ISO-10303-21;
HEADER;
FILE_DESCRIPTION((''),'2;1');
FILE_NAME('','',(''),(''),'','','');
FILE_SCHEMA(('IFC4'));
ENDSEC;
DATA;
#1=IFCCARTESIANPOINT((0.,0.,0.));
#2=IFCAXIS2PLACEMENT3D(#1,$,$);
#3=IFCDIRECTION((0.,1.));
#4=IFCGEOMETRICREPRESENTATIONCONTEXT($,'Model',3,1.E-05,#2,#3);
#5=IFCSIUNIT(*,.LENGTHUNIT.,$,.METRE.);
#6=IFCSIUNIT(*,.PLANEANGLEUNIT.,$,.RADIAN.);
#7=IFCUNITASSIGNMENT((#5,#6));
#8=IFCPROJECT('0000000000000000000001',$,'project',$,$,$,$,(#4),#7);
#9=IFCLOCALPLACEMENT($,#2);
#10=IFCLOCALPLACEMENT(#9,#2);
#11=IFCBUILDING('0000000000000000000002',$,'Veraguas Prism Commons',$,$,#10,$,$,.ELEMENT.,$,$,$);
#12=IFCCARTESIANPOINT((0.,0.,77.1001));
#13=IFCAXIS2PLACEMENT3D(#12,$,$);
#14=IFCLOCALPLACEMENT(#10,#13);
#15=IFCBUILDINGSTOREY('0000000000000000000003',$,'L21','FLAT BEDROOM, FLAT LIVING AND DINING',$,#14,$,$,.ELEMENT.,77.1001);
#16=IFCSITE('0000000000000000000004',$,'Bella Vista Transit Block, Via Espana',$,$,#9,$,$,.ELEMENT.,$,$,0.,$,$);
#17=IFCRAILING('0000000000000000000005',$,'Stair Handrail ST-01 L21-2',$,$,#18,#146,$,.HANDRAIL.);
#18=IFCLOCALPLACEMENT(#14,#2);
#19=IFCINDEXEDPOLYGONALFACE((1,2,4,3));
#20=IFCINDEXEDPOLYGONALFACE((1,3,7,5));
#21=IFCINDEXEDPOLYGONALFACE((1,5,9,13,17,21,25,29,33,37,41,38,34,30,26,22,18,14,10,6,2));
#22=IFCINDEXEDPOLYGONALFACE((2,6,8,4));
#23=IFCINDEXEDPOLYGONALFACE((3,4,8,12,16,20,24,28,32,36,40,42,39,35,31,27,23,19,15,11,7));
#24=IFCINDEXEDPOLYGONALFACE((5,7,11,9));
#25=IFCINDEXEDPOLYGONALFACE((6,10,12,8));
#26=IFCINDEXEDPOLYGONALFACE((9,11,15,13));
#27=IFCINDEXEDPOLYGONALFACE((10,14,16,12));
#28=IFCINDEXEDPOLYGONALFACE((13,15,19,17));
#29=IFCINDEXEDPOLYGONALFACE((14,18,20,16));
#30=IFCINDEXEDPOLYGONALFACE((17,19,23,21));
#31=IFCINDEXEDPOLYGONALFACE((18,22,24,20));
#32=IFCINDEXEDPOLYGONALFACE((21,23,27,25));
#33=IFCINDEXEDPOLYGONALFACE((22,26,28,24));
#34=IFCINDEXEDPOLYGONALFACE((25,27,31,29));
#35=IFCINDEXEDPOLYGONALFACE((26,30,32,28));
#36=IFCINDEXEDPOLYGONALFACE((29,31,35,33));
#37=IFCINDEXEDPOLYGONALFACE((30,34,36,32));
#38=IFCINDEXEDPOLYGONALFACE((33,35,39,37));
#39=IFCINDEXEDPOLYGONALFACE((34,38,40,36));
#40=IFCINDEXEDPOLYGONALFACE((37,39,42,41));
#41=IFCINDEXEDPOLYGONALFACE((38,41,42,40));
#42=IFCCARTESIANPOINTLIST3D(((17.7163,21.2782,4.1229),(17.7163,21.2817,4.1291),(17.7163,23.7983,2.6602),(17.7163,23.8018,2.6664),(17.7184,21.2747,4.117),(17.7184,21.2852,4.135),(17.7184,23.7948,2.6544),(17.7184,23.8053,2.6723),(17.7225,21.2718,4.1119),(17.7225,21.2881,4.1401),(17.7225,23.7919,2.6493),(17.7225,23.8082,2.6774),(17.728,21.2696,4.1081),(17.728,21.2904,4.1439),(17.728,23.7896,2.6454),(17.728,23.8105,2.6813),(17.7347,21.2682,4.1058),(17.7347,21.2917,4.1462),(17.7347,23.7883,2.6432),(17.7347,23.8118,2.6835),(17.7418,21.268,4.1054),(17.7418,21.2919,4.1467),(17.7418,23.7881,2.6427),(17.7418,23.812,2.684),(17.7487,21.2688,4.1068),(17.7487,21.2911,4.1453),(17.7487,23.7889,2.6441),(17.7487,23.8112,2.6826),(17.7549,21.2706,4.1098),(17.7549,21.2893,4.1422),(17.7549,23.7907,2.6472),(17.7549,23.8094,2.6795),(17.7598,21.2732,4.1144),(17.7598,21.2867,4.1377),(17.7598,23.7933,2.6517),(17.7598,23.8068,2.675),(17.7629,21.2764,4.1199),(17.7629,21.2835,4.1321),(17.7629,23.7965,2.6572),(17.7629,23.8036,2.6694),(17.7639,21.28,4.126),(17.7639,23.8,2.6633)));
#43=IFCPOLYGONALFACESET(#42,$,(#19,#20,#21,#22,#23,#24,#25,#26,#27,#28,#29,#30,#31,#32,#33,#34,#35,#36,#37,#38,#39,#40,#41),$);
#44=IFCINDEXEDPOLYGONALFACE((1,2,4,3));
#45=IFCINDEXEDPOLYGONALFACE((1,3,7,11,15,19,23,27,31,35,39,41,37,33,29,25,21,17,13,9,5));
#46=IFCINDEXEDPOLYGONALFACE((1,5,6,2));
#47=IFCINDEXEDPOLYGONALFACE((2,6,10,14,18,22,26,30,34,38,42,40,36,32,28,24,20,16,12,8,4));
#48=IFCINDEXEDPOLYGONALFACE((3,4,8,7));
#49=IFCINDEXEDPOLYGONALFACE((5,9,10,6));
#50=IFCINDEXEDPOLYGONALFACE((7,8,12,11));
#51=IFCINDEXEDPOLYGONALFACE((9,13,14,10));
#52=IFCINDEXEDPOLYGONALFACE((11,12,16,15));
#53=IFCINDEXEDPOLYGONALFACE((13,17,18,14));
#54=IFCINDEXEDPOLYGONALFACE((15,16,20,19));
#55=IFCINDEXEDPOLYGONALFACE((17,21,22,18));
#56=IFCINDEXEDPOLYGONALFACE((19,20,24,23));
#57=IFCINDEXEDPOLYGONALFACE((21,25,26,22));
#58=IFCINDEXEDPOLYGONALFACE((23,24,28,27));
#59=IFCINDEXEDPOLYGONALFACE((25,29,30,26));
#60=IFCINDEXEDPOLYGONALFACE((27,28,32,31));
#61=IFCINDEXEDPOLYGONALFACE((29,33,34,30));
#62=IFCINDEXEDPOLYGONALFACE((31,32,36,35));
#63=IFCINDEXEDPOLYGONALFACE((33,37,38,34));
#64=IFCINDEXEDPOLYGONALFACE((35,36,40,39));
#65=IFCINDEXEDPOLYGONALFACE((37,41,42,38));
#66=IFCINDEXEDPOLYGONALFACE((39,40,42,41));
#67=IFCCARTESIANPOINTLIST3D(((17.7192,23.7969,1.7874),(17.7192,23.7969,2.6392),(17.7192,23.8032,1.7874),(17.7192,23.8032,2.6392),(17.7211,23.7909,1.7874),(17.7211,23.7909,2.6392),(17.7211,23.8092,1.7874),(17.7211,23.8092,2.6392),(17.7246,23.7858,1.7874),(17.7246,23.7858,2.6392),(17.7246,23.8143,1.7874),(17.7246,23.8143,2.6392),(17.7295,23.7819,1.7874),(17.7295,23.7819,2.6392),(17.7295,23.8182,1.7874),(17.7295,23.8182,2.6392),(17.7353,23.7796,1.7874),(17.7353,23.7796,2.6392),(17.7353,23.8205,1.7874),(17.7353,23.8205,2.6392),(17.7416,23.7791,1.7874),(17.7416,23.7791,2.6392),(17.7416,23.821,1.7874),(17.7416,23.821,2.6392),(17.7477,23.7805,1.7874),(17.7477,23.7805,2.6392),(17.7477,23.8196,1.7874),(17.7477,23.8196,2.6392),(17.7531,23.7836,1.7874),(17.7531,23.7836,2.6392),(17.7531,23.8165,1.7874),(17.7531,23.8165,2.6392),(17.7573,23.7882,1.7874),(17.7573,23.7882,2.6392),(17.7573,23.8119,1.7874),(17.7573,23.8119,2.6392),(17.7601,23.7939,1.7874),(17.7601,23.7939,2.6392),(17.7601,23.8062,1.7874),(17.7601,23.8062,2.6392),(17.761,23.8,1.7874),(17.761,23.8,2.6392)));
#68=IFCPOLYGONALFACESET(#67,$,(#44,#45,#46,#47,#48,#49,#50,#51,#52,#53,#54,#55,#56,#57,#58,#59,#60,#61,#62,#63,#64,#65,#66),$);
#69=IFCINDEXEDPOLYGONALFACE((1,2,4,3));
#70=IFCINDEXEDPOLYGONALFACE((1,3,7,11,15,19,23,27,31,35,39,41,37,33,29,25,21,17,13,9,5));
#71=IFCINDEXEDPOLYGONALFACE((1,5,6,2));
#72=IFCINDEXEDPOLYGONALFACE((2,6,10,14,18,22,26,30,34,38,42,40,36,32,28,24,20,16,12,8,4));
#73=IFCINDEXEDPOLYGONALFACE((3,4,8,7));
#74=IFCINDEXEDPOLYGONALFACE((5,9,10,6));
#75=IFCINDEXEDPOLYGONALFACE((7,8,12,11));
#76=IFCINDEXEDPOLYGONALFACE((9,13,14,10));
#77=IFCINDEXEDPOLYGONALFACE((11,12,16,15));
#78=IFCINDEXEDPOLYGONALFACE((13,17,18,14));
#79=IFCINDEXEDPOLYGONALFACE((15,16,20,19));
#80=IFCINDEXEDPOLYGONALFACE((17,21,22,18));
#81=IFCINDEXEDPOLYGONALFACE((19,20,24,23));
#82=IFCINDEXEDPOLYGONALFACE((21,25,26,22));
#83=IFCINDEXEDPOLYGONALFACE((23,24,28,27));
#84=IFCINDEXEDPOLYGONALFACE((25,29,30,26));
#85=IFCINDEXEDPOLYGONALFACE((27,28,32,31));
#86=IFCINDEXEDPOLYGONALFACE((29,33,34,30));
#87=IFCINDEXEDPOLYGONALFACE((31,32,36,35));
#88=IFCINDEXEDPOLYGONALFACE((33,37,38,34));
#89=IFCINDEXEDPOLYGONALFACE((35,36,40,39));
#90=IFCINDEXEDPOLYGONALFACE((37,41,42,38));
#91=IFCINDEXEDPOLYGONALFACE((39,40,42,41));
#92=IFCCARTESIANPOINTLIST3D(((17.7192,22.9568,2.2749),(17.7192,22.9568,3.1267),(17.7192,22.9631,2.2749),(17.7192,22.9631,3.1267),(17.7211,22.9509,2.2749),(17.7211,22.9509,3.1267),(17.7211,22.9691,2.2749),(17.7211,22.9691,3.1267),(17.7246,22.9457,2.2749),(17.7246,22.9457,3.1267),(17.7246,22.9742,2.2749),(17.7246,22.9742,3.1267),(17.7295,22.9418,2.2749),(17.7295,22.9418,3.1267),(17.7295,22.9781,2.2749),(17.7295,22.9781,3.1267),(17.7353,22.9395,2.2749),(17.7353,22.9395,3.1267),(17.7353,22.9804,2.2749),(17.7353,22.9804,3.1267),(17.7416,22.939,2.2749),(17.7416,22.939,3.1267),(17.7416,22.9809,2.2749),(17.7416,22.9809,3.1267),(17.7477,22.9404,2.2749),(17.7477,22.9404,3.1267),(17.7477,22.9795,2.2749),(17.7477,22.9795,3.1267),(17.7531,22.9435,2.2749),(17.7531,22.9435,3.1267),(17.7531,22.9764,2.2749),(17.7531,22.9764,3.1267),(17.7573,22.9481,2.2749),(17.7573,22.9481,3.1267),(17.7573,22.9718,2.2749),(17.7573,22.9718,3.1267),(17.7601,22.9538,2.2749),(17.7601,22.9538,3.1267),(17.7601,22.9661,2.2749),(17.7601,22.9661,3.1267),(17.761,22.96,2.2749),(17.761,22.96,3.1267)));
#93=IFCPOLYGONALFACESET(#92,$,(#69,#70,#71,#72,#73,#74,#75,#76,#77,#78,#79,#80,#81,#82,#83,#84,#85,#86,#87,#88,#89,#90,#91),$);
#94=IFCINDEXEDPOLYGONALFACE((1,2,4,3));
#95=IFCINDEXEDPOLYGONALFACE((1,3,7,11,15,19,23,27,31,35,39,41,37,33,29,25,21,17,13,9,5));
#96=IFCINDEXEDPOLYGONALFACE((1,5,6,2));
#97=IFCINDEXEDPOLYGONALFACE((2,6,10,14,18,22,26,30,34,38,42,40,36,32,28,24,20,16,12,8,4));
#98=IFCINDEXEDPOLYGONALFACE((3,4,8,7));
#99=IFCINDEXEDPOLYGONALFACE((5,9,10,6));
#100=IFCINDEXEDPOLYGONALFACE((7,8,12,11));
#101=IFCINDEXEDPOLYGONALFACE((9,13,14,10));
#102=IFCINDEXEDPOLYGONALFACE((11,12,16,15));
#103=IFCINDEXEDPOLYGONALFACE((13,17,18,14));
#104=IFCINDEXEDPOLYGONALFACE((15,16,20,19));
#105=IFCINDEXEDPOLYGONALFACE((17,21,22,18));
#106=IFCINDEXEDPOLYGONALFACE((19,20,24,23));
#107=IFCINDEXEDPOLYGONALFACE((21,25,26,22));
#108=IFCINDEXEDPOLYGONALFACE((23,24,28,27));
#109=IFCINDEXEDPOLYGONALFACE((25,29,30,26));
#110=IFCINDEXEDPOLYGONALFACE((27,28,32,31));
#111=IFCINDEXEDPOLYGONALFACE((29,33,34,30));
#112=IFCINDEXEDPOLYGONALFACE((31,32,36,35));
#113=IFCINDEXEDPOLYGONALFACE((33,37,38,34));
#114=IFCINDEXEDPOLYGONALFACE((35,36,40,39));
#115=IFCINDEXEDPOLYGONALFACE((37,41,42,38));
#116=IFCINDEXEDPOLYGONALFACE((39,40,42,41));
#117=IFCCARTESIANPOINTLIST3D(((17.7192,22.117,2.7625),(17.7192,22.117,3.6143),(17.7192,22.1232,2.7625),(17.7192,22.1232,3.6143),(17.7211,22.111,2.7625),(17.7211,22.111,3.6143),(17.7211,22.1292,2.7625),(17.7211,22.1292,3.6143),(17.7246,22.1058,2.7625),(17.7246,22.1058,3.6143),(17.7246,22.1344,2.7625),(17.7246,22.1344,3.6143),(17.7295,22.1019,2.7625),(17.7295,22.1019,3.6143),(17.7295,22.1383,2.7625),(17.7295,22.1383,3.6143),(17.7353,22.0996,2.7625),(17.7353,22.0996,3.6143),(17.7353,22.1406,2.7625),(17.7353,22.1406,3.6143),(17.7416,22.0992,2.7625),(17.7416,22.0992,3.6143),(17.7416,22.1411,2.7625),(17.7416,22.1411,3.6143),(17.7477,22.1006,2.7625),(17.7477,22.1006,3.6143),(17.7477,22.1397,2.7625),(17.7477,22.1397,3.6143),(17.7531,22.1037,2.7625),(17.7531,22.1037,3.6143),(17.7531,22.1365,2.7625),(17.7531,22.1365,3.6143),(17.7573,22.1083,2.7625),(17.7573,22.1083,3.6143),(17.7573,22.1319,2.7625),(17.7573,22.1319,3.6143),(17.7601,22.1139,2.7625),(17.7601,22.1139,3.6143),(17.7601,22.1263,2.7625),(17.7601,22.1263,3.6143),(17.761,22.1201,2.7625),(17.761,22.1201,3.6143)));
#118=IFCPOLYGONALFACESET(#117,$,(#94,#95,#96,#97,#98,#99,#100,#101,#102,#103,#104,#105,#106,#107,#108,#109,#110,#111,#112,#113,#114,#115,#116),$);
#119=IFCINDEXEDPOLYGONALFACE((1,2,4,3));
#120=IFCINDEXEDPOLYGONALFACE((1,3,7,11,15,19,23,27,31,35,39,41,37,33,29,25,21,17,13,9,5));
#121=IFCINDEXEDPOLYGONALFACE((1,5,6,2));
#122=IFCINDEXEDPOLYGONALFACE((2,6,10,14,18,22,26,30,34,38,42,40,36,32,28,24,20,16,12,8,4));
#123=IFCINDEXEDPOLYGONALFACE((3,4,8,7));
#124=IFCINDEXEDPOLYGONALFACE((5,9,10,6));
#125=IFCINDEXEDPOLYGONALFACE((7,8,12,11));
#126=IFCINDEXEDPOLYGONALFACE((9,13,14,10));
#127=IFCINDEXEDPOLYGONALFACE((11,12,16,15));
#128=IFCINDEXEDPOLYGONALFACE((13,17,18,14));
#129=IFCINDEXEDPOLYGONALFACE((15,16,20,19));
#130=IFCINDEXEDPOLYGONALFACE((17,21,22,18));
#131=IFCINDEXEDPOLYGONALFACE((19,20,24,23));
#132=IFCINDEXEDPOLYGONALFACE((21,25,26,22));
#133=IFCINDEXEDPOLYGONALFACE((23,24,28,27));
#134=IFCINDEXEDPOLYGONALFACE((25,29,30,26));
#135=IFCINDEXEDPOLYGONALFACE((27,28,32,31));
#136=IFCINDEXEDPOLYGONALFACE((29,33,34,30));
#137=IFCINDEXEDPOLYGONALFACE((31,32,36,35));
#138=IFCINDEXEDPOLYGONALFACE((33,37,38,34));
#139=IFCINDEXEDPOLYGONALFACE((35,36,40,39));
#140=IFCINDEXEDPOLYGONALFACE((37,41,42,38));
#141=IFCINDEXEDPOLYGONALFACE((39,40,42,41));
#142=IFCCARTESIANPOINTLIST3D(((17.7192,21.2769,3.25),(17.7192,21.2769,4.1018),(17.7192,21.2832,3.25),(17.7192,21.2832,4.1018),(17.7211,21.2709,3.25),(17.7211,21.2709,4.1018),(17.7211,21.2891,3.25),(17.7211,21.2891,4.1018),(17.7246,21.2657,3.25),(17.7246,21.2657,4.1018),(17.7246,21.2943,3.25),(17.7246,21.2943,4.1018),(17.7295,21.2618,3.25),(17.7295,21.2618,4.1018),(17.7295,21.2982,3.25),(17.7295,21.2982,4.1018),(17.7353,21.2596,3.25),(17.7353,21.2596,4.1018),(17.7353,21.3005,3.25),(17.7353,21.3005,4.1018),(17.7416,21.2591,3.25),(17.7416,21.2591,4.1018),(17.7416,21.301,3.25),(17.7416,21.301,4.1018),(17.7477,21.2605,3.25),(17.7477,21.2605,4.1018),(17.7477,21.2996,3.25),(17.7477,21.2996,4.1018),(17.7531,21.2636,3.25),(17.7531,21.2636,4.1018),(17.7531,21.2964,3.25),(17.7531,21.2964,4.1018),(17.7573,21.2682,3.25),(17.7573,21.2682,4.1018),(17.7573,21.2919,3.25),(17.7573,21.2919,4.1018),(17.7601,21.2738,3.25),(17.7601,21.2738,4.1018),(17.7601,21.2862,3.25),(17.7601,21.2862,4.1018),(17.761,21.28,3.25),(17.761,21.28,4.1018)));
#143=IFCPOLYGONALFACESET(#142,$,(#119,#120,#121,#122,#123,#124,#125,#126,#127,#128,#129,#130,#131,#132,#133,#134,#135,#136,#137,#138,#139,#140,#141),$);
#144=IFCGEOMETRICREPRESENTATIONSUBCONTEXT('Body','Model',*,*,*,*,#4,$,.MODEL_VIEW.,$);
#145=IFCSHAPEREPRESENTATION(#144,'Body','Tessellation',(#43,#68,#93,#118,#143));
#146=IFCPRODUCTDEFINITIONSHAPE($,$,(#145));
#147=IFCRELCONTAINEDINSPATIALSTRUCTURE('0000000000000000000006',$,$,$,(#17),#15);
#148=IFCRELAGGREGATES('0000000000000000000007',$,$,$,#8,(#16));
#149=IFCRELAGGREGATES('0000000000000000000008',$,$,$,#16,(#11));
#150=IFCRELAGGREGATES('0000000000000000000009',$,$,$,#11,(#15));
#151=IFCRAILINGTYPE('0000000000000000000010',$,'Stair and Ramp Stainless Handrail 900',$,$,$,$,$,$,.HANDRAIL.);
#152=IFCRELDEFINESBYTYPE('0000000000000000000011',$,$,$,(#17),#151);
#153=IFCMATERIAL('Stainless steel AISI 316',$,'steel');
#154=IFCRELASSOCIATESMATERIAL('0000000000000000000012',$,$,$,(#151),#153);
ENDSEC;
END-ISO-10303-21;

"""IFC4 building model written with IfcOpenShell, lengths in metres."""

from ifc_helpers import new_model, si_unit, direction, frame, origin, origin_2d, place, context, subcontext, project, spatial, circle, extrude, material, type_object, element, save


model = new_model("IFC4")

# Units and contexts
model_context = context("Model", 3, precision=1e-05, world=origin(), true_north=direction((0.0, 1.0)))
body_context = subcontext(model_context, "Body", "Model", "MODEL_VIEW")
ifc_project = project(units=[si_unit("LENGTHUNIT", "METRE"), si_unit("PLANEANGLEUNIT", "RADIAN")], contexts=[model_context])

# Site, building, storey
site_placement = place(None, origin())
site = spatial("IfcSite", under=ifc_project, at=site_placement, Name="Bella Vista Transit Block, Via Espana", CompositionType="ELEMENT", RefElevation=0.0)
building_placement = place(site_placement, origin())
building = spatial("IfcBuilding", under=site, at=building_placement, Name="Veraguas Prism Commons", CompositionType="ELEMENT")
storey_placement = place(building_placement, frame((0.0, 0.0, 77.1001)))
storey = spatial("IfcBuildingStorey", under=building, at=storey_placement, Name="L21", Description="FLAT BEDROOM, FLAT LIVING AND DINING", CompositionType="ELEMENT", Elevation=77.1001)

# Railing
ifc_material_1 = material(Name="Stainless steel AISI 316", Category="steel")
railing_type_1 = type_object("IfcRailingType", Name="Stair and Ramp Stainless Handrail 900", PredefinedType="HANDRAIL", material=ifc_material_1)
railing_1_placement = place(storey_placement, frame((17.74, 23.8, 1.7874)))
element("IfcRailing", 1, at=railing_1_placement, inside=storey, type_object=railing_type_1, Name="Stair Handrail ST-01 L21-2", PredefinedType="HANDRAIL", context=body_context, shape_type="SweptSolid", body=[
    extrude(circle(Radius=0.0239, at=origin_2d()), frame((0.0, 0.0, 0.876), z_axis=(0.0, -0.864877, 0.501984), x_axis=(1.0, 0.0, 0.0)), (0.0, 0.0, 1.0), 2.9138),
    extrude(circle(Radius=0.021, at=origin_2d()), origin(), (0.0, 0.0, 1.0), 0.8518),
    extrude(circle(Radius=0.021, at=origin_2d()), frame((0.0, -0.8401, 0.4875)), (0.0, 0.0, 1.0), 0.8518),
    extrude(circle(Radius=0.021, at=origin_2d()), frame((0.0, -1.6799, 0.9751)), (0.0, 0.0, 1.0), 0.8518),
    extrude(circle(Radius=0.021, at=origin_2d()), frame((0.0, -2.52, 1.4626)), (0.0, 0.0, 1.0), 0.8518),
])

save(model, "model.ifc")
